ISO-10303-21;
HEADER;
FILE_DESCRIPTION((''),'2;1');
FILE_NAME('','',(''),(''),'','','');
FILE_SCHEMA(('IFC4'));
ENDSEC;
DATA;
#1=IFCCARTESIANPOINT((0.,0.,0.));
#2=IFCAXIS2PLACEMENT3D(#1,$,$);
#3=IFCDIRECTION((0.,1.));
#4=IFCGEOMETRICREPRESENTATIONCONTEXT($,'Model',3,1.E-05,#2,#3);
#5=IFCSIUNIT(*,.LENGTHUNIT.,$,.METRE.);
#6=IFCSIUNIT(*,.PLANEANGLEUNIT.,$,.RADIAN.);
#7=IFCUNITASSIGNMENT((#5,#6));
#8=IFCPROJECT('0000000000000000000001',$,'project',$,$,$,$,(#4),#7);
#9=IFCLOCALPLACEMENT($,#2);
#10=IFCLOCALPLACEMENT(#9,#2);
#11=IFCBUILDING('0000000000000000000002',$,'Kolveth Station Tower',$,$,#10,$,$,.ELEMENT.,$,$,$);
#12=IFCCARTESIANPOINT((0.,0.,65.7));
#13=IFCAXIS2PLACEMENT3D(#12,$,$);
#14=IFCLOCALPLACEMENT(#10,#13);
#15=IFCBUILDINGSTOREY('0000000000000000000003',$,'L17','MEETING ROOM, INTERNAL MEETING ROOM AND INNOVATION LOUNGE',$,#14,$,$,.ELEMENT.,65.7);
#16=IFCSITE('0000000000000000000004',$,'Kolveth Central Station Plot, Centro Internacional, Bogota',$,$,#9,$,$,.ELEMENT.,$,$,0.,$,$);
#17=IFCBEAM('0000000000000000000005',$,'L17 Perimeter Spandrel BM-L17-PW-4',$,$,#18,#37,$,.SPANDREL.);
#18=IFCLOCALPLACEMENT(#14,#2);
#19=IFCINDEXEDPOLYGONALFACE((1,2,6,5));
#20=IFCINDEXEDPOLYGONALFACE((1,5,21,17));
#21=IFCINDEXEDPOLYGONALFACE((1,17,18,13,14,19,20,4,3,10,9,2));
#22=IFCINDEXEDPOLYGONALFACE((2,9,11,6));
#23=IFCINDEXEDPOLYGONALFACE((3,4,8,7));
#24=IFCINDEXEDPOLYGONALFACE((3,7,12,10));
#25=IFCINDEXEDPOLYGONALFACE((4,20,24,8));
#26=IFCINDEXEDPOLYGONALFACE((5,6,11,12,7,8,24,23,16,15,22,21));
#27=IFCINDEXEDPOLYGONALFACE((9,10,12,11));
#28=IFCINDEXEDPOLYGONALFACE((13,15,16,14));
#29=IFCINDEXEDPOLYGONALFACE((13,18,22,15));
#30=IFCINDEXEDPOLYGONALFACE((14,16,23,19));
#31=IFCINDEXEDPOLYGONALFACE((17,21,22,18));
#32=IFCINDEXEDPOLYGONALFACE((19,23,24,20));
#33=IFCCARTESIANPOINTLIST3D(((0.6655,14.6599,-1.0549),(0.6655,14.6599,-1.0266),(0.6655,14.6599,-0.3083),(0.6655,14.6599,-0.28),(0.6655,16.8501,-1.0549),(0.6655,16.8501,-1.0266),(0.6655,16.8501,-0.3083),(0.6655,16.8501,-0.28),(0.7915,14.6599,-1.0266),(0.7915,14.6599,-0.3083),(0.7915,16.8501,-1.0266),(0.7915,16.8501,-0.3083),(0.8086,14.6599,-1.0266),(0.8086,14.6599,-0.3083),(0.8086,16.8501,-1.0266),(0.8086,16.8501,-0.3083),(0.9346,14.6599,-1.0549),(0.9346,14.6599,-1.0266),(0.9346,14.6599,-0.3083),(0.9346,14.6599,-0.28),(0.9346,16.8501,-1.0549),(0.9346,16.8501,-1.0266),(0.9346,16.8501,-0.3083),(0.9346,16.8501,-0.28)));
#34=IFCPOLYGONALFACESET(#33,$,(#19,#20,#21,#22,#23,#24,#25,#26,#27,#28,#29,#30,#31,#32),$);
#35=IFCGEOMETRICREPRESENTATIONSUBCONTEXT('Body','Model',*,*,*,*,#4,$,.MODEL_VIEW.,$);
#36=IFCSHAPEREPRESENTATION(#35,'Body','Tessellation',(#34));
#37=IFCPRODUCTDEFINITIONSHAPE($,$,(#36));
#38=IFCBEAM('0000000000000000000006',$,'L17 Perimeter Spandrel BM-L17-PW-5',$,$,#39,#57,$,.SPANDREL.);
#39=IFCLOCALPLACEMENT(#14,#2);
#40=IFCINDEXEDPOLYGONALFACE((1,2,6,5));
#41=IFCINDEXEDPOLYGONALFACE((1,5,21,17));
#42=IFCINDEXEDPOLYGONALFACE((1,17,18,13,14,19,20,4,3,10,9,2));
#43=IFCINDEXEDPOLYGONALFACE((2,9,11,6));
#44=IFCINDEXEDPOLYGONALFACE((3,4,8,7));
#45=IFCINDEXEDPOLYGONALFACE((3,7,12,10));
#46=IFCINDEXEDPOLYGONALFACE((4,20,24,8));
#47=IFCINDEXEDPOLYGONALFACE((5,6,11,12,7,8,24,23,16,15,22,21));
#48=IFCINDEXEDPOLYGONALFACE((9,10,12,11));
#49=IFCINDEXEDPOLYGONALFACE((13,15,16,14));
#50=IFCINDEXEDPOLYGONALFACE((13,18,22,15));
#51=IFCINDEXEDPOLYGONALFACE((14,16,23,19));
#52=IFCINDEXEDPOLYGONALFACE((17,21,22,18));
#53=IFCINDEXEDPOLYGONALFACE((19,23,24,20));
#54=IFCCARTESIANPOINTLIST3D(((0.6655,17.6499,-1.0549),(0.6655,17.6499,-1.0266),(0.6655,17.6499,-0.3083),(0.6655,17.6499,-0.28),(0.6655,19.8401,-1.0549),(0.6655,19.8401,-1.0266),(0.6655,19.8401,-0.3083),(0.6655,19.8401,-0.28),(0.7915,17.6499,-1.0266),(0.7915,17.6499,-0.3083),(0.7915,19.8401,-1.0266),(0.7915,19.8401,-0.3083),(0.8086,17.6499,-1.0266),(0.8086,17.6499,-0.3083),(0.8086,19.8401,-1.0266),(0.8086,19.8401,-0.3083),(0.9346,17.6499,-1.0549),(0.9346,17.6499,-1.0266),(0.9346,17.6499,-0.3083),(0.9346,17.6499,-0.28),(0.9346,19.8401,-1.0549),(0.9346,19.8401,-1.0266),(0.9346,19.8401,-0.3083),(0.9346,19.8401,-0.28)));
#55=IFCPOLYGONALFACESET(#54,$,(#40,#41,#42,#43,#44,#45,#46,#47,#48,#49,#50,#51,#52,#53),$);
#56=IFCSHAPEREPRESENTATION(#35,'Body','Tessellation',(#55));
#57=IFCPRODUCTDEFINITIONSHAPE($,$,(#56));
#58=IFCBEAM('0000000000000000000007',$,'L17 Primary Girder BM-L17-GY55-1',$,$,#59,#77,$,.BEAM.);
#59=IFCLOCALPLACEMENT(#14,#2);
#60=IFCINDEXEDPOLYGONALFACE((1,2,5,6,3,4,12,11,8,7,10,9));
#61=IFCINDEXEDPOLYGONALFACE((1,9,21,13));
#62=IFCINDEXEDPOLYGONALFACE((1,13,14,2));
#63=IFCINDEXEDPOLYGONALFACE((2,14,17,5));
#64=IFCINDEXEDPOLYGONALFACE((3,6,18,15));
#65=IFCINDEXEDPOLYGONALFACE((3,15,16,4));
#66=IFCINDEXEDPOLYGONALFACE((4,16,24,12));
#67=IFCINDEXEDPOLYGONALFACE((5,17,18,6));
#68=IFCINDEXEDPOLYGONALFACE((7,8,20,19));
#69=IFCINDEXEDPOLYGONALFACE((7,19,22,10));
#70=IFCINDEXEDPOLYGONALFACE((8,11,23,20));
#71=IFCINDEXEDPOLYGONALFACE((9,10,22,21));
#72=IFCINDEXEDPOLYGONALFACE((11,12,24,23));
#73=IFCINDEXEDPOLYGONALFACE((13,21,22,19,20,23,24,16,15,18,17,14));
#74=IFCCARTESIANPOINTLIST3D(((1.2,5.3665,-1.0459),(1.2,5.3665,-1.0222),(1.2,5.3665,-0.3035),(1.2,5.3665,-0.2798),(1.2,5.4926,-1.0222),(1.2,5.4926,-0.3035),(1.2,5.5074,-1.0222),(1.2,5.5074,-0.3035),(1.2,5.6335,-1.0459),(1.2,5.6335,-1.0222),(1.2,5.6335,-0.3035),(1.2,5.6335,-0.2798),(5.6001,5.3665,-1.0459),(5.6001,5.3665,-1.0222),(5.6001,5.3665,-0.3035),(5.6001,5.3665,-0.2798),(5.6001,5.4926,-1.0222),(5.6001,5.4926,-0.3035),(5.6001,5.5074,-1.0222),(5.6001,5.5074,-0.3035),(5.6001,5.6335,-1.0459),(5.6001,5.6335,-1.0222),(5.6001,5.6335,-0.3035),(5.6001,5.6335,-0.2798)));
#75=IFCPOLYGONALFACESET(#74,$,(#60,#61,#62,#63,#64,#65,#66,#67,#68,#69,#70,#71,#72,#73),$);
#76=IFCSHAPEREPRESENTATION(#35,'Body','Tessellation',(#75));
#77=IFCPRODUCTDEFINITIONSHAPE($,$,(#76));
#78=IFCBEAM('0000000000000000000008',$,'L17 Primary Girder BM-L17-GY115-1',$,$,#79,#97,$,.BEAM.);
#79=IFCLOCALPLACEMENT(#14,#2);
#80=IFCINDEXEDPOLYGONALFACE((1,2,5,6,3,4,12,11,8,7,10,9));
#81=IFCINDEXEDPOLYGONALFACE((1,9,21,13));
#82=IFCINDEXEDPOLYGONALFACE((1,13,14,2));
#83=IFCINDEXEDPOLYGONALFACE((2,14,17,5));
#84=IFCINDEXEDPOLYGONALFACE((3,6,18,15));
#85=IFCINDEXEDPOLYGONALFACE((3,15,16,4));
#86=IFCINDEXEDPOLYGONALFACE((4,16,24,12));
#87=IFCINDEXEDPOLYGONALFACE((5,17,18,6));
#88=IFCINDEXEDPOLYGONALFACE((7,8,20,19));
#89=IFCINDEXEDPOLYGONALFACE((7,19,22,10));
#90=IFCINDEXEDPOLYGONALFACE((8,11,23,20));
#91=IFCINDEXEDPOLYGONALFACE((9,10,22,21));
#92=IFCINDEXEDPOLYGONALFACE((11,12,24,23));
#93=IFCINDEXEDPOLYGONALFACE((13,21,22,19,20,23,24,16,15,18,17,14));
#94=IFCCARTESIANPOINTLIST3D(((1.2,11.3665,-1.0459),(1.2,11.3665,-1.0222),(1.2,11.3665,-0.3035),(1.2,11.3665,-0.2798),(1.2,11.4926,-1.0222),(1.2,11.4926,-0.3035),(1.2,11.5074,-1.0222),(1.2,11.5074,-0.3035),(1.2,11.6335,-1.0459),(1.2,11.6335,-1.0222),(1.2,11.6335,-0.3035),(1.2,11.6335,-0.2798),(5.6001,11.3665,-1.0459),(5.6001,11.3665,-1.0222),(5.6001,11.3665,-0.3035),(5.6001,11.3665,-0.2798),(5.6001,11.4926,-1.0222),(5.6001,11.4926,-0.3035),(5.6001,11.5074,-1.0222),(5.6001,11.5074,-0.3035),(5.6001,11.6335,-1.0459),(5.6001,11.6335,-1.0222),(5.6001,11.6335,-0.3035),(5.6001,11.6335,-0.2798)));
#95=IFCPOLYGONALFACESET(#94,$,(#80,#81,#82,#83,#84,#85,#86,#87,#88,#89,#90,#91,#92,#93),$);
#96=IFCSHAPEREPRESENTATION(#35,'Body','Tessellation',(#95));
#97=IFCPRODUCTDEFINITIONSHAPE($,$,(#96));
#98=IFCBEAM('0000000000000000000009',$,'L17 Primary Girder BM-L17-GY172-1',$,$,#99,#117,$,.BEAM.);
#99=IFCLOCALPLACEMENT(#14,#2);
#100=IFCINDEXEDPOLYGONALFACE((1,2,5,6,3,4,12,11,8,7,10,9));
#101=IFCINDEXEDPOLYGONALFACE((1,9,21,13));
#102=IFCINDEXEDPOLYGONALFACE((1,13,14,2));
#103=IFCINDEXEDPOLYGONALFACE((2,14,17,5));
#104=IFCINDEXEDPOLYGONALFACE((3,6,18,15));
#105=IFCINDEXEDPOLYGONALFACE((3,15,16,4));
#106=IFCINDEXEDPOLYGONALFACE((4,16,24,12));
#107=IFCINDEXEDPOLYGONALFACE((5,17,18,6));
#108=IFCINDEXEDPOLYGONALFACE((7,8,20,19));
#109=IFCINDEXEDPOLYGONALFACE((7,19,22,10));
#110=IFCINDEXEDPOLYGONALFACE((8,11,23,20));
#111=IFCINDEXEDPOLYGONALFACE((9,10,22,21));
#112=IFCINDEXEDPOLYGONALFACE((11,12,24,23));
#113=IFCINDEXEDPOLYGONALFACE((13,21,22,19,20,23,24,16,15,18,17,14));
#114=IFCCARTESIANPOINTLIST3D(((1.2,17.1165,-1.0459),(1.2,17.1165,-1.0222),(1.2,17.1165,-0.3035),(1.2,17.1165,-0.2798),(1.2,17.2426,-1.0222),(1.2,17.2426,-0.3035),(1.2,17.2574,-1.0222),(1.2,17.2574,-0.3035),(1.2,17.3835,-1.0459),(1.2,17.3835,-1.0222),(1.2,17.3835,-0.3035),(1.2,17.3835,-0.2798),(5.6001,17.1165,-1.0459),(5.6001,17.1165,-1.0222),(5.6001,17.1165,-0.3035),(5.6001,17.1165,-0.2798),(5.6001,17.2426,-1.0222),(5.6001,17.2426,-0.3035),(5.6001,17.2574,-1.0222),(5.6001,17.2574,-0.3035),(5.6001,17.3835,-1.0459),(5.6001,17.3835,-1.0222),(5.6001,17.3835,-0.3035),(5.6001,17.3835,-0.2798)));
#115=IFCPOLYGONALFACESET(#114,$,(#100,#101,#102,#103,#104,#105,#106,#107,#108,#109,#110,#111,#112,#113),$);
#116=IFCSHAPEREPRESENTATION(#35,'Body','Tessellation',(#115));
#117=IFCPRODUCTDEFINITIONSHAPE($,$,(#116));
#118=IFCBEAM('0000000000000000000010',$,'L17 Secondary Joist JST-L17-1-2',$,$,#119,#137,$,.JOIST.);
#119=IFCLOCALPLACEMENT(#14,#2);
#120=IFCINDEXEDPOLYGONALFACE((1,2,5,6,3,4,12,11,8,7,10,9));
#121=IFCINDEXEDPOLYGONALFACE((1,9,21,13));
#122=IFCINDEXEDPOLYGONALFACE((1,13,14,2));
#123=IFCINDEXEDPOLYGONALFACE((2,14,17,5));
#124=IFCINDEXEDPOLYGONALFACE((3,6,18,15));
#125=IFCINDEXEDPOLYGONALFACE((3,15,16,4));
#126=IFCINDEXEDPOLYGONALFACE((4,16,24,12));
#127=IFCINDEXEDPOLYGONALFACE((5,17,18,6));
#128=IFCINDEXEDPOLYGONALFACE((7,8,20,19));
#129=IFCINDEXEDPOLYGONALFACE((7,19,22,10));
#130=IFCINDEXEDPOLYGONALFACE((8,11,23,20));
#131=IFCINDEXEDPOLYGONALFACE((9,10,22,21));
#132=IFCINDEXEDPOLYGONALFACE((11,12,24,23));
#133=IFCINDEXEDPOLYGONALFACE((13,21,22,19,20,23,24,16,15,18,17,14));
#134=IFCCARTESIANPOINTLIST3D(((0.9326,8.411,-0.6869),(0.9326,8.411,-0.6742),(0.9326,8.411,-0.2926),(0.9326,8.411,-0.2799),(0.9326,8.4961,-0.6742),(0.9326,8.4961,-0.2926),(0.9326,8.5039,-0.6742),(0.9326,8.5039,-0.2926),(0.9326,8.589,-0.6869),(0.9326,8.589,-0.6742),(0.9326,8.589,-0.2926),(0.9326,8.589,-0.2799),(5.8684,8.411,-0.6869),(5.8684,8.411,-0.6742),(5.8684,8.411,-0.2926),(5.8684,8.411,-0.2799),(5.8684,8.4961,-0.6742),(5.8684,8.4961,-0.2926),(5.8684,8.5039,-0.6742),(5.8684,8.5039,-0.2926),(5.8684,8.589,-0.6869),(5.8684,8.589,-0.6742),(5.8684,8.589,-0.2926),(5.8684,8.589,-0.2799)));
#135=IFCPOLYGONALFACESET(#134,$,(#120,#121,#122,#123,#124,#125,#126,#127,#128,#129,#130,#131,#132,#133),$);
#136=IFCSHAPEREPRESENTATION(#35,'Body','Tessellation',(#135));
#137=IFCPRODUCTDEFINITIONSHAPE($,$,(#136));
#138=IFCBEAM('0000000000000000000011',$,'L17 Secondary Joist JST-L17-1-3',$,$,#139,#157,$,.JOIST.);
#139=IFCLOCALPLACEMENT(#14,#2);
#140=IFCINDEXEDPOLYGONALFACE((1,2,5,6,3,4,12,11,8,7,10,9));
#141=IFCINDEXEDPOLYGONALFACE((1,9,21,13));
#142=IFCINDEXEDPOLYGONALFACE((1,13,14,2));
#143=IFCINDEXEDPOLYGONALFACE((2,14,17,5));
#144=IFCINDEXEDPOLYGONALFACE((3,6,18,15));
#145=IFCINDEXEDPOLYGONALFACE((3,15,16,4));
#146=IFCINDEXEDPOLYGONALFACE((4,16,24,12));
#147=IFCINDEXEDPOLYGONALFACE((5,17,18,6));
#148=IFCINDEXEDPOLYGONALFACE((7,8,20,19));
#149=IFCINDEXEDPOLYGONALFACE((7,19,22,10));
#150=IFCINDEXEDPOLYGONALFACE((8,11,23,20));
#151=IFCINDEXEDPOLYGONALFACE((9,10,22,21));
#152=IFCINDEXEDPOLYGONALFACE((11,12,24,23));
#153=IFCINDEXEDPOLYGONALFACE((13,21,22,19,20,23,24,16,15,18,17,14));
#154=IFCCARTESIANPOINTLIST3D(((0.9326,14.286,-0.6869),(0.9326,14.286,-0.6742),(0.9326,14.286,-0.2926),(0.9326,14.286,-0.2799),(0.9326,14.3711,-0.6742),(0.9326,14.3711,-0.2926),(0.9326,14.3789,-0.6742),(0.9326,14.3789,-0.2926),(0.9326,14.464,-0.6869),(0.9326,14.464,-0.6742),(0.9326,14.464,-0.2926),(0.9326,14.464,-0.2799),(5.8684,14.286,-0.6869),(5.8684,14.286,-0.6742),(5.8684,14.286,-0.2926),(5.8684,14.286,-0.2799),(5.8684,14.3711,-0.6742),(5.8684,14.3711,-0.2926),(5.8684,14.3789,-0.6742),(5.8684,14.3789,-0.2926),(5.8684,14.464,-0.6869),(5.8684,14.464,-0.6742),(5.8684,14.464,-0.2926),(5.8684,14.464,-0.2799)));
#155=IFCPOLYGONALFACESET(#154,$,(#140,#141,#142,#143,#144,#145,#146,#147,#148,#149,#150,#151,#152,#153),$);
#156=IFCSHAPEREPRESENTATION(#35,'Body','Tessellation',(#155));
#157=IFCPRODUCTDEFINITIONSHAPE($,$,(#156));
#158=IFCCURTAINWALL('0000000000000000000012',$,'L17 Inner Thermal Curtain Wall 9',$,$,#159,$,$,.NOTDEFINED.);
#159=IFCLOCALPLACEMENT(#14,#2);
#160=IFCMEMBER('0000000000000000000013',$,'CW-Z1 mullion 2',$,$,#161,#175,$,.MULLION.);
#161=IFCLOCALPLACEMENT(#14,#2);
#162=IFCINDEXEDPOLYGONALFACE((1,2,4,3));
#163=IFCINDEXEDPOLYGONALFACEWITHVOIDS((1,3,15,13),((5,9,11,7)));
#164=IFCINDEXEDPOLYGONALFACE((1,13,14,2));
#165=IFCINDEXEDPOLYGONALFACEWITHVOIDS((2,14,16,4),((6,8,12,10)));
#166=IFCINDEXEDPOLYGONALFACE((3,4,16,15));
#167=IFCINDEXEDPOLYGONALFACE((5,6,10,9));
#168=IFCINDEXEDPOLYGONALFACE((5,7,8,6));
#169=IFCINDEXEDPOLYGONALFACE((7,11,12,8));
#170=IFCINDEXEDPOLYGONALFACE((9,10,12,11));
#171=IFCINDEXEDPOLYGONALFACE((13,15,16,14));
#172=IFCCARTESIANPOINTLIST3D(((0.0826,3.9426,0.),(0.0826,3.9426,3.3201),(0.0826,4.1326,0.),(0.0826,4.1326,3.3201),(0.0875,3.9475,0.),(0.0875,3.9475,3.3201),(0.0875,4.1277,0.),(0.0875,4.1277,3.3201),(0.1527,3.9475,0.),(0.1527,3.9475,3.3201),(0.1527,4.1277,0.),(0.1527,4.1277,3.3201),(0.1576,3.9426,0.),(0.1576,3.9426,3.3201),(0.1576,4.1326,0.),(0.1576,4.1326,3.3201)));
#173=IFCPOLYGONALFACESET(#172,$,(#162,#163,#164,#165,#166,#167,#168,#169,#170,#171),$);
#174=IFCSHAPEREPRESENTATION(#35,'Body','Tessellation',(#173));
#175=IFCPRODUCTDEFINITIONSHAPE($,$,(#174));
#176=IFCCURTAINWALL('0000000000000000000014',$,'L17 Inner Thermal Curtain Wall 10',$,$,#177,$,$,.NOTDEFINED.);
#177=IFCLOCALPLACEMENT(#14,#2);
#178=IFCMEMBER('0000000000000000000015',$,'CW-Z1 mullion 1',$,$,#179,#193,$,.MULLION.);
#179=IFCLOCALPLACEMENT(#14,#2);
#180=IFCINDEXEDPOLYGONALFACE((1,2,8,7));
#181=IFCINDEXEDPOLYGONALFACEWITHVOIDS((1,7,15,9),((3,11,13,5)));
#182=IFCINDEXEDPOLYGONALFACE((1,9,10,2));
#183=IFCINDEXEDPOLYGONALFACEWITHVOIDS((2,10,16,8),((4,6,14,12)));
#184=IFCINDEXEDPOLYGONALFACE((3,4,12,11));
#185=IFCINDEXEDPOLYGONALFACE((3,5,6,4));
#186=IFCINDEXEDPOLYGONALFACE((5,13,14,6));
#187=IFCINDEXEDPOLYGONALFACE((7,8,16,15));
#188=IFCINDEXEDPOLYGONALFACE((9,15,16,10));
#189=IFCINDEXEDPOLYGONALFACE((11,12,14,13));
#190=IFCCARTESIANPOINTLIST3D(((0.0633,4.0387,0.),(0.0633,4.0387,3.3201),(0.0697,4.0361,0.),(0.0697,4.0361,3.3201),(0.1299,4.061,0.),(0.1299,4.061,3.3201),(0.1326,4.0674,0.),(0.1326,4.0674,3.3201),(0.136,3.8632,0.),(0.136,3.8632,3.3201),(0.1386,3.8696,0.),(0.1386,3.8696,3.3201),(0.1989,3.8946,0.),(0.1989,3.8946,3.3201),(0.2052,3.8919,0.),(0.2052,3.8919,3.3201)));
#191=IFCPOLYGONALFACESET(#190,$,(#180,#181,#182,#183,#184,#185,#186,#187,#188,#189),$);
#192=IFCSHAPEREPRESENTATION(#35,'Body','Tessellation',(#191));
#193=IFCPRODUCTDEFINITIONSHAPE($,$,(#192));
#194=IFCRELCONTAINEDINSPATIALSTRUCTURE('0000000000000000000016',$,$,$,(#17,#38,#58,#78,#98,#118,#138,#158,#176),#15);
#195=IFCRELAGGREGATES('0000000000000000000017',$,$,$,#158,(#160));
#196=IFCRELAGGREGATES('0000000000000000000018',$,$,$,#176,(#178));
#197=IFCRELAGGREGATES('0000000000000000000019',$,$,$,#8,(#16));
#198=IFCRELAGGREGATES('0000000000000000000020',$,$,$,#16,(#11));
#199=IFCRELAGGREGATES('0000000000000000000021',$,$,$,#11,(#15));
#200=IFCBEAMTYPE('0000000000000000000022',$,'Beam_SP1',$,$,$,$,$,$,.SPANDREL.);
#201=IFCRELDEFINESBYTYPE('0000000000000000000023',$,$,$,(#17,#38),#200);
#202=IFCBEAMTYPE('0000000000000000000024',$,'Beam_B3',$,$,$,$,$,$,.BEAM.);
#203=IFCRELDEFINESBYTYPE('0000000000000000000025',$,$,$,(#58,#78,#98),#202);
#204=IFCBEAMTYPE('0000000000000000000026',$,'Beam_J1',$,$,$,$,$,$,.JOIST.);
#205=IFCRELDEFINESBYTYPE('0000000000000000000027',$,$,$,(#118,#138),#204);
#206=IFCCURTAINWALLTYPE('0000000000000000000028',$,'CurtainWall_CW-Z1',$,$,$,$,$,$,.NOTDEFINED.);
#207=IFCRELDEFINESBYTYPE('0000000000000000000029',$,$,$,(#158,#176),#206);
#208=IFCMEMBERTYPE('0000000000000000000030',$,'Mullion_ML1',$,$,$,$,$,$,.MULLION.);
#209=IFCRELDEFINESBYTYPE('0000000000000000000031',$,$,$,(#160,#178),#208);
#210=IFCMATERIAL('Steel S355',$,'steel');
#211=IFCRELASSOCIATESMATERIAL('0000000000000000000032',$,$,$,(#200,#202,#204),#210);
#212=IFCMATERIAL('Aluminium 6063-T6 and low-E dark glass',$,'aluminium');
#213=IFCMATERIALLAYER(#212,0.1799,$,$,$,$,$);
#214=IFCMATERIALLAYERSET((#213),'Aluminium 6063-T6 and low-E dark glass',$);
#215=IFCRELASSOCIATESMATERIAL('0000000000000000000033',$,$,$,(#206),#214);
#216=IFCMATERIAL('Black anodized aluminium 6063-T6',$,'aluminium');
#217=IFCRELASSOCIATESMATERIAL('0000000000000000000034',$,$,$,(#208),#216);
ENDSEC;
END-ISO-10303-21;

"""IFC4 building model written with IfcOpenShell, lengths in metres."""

from ifc_helpers import new_model, si_unit, direction, frame, origin, origin_2d, place, context, subcontext, project, spatial, hollow_rectangle, i_section, extrude, source, transform, mapped, material, layer, layer_set, material_profile, profile_set, type_object, element, aggregate, save


model = new_model("IFC4")

# Units and contexts
model_context = context("Model", 3, precision=1e-05, world=origin(), true_north=direction((0.0, 1.0)))
body_context = subcontext(model_context, "Body", "Model", "MODEL_VIEW")
ifc_project = project(units=[si_unit("LENGTHUNIT", "METRE"), si_unit("PLANEANGLEUNIT", "RADIAN")], contexts=[model_context])

# Site, building, storey
site_placement = place(None, origin())
site = spatial("IfcSite", under=ifc_project, at=site_placement, Name="Kolveth Central Station Plot, Centro Internacional, Bogota", CompositionType="ELEMENT", RefElevation=0.0)
building_placement = place(site_placement, origin())
building = spatial("IfcBuilding", under=site, at=building_placement, Name="Kolveth Station Tower", CompositionType="ELEMENT")
storey_placement = place(building_placement, frame((0.0, 0.0, 65.7)))
storey = spatial("IfcBuildingStorey", under=building, at=storey_placement, Name="L17", Description="MEETING ROOM, INTERNAL MEETING ROOM AND INNOVATION LOUNGE", CompositionType="ELEMENT", Elevation=65.7)

# Shared definitions
ifc_material_1 = material(Name="Steel S355", Category="steel")

# Beams
ifc_material_profile_1 = material_profile(ifc_material_1, i_section(OverallWidth=0.269, OverallDepth=0.7749, WebThickness=0.0171, FlangeThickness=0.0283, at=origin_2d()), Name="W760x220")
ifc_profile_set_1 = profile_set([ifc_material_profile_1], Name="Steel S355")
beam_type_1 = type_object("IfcBeamType", Name="Beam_SP1", PredefinedType="SPANDREL", material=ifc_profile_set_1)
shared_shape_1 = source(origin(), body_context, "Body", "SweptSolid", [
    extrude(i_section(OverallWidth=0.269, OverallDepth=0.7749, WebThickness=0.0171, FlangeThickness=0.0283, at=origin_2d()), origin(), (0.0, 0.0, 1.0), 2.1902),
])
for number, where, z_axis, x_axis, name in (
    (1, (0.8, 14.6599, -0.6675), (0.0, 1.0, 0.0), (-1.0, 0.0, 0.0), "L17 Perimeter Spandrel BM-L17-PW-4"),
    (2, (0.8, 17.6499, -0.6675), (0.0, 1.0, 0.0), (-1.0, 0.0, 0.0), "L17 Perimeter Spandrel BM-L17-PW-5"),
):
    element("IfcBeam", number, at=place(storey_placement, frame(where, z_axis=z_axis, x_axis=x_axis)), inside=storey, type_object=beam_type_1, Name=name, PredefinedType="SPANDREL", context=body_context, shape_type="MappedRepresentation", body=[
        mapped(shared_shape_1, transform((0.0, 0.0, 0.0), x_axis=(1.0, 0.0, 0.0), y_axis=(0.0, 1.0, 0.0), z_axis=(0.0, 0.0, 1.0), scale=1.0)),
    ])
ifc_material_profile_2 = material_profile(ifc_material_1, i_section(OverallWidth=0.2671, OverallDepth=0.7661, WebThickness=0.0149, FlangeThickness=0.0237, at=origin_2d()), Name="W760x185")
ifc_profile_set_2 = profile_set([ifc_material_profile_2], Name="Steel S355")
beam_type_2 = type_object("IfcBeamType", Name="Beam_B3", PredefinedType="BEAM", material=ifc_profile_set_2)
shared_shape_2 = source(origin(), body_context, "Body", "SweptSolid", [
    extrude(i_section(OverallWidth=0.2671, OverallDepth=0.7661, WebThickness=0.0149, FlangeThickness=0.0237, at=origin_2d()), origin(), (0.0, 0.0, 1.0), 4.4001),
])
for number, where, z_axis, x_axis, name in (
    (3, (1.2, 5.5, -0.6628), (1.0, 0.0, 0.0), (0.0, 1.0, 0.0), "L17 Primary Girder BM-L17-GY55-1"),
    (4, (1.2, 11.5, -0.6628), (1.0, 0.0, 0.0), (0.0, 1.0, 0.0), "L17 Primary Girder BM-L17-GY115-1"),
    (5, (1.2, 17.25, -0.6628), (1.0, 0.0, 0.0), (0.0, 1.0, 0.0), "L17 Primary Girder BM-L17-GY172-1"),
):
    element("IfcBeam", number, at=place(storey_placement, frame(where, z_axis=z_axis, x_axis=x_axis)), inside=storey, type_object=beam_type_2, Name=name, PredefinedType="BEAM", context=body_context, shape_type="MappedRepresentation", body=[
        mapped(shared_shape_2, transform((0.0, 0.0, 0.0), x_axis=(1.0, 0.0, 0.0), y_axis=(0.0, 1.0, 0.0), z_axis=(0.0, 0.0, 1.0), scale=1.0)),
    ])
ifc_material_profile_3 = material_profile(ifc_material_1, i_section(OverallWidth=0.178, OverallDepth=0.407, WebThickness=0.0078, FlangeThickness=0.0127, at=origin_2d()), Name="W410x60")
ifc_profile_set_3 = profile_set([ifc_material_profile_3], Name="Steel S355")
beam_type_3 = type_object("IfcBeamType", Name="Beam_J1", PredefinedType="JOIST", material=ifc_profile_set_3)
shared_shape_3 = source(origin(), body_context, "Body", "SweptSolid", [
    extrude(i_section(OverallWidth=0.178, OverallDepth=0.407, WebThickness=0.0078, FlangeThickness=0.0127, at=origin_2d()), origin(), (0.0, 0.0, 1.0), 4.9358),
])
for number, where, z_axis, x_axis, name in (
    (6, (0.9326, 8.5, -0.4834), (1.0, 0.0, 0.0), (0.0, 1.0, 0.0), "L17 Secondary Joist JST-L17-1-2"),
    (7, (0.9326, 14.375, -0.4834), (1.0, 0.0, 0.0), (0.0, 1.0, 0.0), "L17 Secondary Joist JST-L17-1-3"),
):
    element("IfcBeam", number, at=place(storey_placement, frame(where, z_axis=z_axis, x_axis=x_axis)), inside=storey, type_object=beam_type_3, Name=name, PredefinedType="JOIST", context=body_context, shape_type="MappedRepresentation", body=[
        mapped(shared_shape_3, transform((0.0, 0.0, 0.0), x_axis=(1.0, 0.0, 0.0), y_axis=(0.0, 1.0, 0.0), z_axis=(0.0, 0.0, 1.0), scale=1.0)),
    ])

# Curtain wall, member
ifc_material_2 = material(Name="Aluminium 6063-T6 and low-E dark glass", Category="aluminium")
ifc_layer_1 = layer(ifc_material_2, 0.1799)
ifc_layer_set_1 = layer_set([ifc_layer_1], Name="Aluminium 6063-T6 and low-E dark glass")
curtain_wall_type_1 = type_object("IfcCurtainWallType", Name="CurtainWall_CW-Z1", PredefinedType="NOTDEFINED", material=ifc_layer_set_1)
curtain_wall_1_placement = place(storey_placement, origin())
curtain_wall_1 = element("IfcCurtainWall", 8, at=curtain_wall_1_placement, inside=storey, type_object=curtain_wall_type_1, Name="L17 Inner Thermal Curtain Wall 9", PredefinedType="NOTDEFINED")
ifc_material_3 = material(Name="Black anodized aluminium 6063-T6", Category="aluminium")
ifc_material_profile_4 = material_profile(ifc_material_3, hollow_rectangle(XDim=0.075, YDim=0.1899, WallThickness=0.0049, at=origin_2d()), Name="ALU-75x190x5")
ifc_profile_set_4 = profile_set([ifc_material_profile_4], Name="Black anodized aluminium 6063-T6")
member_type_1 = type_object("IfcMemberType", Name="Mullion_ML1", PredefinedType="MULLION", material=ifc_profile_set_4)
shared_shape_4 = source(origin(), body_context, "Body", "SweptSolid", [
    extrude(hollow_rectangle(XDim=0.075, YDim=0.1899, WallThickness=0.0049, at=origin_2d()), origin(), (0.0, 0.0, 1.0), 3.3201),
])
member_1_placement = place(storey_placement, frame((0.1201, 4.0376, 0.0), z_axis=(0.0, 0.0, 1.0), x_axis=(1.0, 0.0, 0.0)))
member_1 = element("IfcMember", 9, at=member_1_placement, type_object=member_type_1, Name="CW-Z1 mullion 2", PredefinedType="MULLION", context=body_context, shape_type="MappedRepresentation", body=[
    mapped(shared_shape_4, transform((0.0, 0.0, 0.0), x_axis=(1.0, 0.0, 0.0), y_axis=(0.0, 1.0, 0.0), z_axis=(0.0, 0.0, 1.0), scale=1.0)),
])
aggregate(curtain_wall_1, [member_1])

# Curtain wall, member
curtain_wall_2_placement = place(storey_placement, origin())
curtain_wall_2 = element("IfcCurtainWall", 10, at=curtain_wall_2_placement, inside=storey, type_object=curtain_wall_type_1, Name="L17 Inner Thermal Curtain Wall 10", PredefinedType="NOTDEFINED")
member_2_placement = place(storey_placement, frame((0.1343, 3.9653, 0.0), z_axis=(0.0, 0.0, 1.0), x_axis=(0.923884, 0.382673, 0.0)))
member_2 = element("IfcMember", 11, at=member_2_placement, type_object=member_type_1, Name="CW-Z1 mullion 1", PredefinedType="MULLION", context=body_context, shape_type="MappedRepresentation", body=[
    mapped(shared_shape_4, transform((0.0, 0.0, 0.0), x_axis=(1.0, 0.0, 0.0), y_axis=(0.0, 1.0, 0.0), z_axis=(0.0, 0.0, 1.0), scale=1.0)),
])
aggregate(curtain_wall_2, [member_2])

save(model, "model.ifc")
